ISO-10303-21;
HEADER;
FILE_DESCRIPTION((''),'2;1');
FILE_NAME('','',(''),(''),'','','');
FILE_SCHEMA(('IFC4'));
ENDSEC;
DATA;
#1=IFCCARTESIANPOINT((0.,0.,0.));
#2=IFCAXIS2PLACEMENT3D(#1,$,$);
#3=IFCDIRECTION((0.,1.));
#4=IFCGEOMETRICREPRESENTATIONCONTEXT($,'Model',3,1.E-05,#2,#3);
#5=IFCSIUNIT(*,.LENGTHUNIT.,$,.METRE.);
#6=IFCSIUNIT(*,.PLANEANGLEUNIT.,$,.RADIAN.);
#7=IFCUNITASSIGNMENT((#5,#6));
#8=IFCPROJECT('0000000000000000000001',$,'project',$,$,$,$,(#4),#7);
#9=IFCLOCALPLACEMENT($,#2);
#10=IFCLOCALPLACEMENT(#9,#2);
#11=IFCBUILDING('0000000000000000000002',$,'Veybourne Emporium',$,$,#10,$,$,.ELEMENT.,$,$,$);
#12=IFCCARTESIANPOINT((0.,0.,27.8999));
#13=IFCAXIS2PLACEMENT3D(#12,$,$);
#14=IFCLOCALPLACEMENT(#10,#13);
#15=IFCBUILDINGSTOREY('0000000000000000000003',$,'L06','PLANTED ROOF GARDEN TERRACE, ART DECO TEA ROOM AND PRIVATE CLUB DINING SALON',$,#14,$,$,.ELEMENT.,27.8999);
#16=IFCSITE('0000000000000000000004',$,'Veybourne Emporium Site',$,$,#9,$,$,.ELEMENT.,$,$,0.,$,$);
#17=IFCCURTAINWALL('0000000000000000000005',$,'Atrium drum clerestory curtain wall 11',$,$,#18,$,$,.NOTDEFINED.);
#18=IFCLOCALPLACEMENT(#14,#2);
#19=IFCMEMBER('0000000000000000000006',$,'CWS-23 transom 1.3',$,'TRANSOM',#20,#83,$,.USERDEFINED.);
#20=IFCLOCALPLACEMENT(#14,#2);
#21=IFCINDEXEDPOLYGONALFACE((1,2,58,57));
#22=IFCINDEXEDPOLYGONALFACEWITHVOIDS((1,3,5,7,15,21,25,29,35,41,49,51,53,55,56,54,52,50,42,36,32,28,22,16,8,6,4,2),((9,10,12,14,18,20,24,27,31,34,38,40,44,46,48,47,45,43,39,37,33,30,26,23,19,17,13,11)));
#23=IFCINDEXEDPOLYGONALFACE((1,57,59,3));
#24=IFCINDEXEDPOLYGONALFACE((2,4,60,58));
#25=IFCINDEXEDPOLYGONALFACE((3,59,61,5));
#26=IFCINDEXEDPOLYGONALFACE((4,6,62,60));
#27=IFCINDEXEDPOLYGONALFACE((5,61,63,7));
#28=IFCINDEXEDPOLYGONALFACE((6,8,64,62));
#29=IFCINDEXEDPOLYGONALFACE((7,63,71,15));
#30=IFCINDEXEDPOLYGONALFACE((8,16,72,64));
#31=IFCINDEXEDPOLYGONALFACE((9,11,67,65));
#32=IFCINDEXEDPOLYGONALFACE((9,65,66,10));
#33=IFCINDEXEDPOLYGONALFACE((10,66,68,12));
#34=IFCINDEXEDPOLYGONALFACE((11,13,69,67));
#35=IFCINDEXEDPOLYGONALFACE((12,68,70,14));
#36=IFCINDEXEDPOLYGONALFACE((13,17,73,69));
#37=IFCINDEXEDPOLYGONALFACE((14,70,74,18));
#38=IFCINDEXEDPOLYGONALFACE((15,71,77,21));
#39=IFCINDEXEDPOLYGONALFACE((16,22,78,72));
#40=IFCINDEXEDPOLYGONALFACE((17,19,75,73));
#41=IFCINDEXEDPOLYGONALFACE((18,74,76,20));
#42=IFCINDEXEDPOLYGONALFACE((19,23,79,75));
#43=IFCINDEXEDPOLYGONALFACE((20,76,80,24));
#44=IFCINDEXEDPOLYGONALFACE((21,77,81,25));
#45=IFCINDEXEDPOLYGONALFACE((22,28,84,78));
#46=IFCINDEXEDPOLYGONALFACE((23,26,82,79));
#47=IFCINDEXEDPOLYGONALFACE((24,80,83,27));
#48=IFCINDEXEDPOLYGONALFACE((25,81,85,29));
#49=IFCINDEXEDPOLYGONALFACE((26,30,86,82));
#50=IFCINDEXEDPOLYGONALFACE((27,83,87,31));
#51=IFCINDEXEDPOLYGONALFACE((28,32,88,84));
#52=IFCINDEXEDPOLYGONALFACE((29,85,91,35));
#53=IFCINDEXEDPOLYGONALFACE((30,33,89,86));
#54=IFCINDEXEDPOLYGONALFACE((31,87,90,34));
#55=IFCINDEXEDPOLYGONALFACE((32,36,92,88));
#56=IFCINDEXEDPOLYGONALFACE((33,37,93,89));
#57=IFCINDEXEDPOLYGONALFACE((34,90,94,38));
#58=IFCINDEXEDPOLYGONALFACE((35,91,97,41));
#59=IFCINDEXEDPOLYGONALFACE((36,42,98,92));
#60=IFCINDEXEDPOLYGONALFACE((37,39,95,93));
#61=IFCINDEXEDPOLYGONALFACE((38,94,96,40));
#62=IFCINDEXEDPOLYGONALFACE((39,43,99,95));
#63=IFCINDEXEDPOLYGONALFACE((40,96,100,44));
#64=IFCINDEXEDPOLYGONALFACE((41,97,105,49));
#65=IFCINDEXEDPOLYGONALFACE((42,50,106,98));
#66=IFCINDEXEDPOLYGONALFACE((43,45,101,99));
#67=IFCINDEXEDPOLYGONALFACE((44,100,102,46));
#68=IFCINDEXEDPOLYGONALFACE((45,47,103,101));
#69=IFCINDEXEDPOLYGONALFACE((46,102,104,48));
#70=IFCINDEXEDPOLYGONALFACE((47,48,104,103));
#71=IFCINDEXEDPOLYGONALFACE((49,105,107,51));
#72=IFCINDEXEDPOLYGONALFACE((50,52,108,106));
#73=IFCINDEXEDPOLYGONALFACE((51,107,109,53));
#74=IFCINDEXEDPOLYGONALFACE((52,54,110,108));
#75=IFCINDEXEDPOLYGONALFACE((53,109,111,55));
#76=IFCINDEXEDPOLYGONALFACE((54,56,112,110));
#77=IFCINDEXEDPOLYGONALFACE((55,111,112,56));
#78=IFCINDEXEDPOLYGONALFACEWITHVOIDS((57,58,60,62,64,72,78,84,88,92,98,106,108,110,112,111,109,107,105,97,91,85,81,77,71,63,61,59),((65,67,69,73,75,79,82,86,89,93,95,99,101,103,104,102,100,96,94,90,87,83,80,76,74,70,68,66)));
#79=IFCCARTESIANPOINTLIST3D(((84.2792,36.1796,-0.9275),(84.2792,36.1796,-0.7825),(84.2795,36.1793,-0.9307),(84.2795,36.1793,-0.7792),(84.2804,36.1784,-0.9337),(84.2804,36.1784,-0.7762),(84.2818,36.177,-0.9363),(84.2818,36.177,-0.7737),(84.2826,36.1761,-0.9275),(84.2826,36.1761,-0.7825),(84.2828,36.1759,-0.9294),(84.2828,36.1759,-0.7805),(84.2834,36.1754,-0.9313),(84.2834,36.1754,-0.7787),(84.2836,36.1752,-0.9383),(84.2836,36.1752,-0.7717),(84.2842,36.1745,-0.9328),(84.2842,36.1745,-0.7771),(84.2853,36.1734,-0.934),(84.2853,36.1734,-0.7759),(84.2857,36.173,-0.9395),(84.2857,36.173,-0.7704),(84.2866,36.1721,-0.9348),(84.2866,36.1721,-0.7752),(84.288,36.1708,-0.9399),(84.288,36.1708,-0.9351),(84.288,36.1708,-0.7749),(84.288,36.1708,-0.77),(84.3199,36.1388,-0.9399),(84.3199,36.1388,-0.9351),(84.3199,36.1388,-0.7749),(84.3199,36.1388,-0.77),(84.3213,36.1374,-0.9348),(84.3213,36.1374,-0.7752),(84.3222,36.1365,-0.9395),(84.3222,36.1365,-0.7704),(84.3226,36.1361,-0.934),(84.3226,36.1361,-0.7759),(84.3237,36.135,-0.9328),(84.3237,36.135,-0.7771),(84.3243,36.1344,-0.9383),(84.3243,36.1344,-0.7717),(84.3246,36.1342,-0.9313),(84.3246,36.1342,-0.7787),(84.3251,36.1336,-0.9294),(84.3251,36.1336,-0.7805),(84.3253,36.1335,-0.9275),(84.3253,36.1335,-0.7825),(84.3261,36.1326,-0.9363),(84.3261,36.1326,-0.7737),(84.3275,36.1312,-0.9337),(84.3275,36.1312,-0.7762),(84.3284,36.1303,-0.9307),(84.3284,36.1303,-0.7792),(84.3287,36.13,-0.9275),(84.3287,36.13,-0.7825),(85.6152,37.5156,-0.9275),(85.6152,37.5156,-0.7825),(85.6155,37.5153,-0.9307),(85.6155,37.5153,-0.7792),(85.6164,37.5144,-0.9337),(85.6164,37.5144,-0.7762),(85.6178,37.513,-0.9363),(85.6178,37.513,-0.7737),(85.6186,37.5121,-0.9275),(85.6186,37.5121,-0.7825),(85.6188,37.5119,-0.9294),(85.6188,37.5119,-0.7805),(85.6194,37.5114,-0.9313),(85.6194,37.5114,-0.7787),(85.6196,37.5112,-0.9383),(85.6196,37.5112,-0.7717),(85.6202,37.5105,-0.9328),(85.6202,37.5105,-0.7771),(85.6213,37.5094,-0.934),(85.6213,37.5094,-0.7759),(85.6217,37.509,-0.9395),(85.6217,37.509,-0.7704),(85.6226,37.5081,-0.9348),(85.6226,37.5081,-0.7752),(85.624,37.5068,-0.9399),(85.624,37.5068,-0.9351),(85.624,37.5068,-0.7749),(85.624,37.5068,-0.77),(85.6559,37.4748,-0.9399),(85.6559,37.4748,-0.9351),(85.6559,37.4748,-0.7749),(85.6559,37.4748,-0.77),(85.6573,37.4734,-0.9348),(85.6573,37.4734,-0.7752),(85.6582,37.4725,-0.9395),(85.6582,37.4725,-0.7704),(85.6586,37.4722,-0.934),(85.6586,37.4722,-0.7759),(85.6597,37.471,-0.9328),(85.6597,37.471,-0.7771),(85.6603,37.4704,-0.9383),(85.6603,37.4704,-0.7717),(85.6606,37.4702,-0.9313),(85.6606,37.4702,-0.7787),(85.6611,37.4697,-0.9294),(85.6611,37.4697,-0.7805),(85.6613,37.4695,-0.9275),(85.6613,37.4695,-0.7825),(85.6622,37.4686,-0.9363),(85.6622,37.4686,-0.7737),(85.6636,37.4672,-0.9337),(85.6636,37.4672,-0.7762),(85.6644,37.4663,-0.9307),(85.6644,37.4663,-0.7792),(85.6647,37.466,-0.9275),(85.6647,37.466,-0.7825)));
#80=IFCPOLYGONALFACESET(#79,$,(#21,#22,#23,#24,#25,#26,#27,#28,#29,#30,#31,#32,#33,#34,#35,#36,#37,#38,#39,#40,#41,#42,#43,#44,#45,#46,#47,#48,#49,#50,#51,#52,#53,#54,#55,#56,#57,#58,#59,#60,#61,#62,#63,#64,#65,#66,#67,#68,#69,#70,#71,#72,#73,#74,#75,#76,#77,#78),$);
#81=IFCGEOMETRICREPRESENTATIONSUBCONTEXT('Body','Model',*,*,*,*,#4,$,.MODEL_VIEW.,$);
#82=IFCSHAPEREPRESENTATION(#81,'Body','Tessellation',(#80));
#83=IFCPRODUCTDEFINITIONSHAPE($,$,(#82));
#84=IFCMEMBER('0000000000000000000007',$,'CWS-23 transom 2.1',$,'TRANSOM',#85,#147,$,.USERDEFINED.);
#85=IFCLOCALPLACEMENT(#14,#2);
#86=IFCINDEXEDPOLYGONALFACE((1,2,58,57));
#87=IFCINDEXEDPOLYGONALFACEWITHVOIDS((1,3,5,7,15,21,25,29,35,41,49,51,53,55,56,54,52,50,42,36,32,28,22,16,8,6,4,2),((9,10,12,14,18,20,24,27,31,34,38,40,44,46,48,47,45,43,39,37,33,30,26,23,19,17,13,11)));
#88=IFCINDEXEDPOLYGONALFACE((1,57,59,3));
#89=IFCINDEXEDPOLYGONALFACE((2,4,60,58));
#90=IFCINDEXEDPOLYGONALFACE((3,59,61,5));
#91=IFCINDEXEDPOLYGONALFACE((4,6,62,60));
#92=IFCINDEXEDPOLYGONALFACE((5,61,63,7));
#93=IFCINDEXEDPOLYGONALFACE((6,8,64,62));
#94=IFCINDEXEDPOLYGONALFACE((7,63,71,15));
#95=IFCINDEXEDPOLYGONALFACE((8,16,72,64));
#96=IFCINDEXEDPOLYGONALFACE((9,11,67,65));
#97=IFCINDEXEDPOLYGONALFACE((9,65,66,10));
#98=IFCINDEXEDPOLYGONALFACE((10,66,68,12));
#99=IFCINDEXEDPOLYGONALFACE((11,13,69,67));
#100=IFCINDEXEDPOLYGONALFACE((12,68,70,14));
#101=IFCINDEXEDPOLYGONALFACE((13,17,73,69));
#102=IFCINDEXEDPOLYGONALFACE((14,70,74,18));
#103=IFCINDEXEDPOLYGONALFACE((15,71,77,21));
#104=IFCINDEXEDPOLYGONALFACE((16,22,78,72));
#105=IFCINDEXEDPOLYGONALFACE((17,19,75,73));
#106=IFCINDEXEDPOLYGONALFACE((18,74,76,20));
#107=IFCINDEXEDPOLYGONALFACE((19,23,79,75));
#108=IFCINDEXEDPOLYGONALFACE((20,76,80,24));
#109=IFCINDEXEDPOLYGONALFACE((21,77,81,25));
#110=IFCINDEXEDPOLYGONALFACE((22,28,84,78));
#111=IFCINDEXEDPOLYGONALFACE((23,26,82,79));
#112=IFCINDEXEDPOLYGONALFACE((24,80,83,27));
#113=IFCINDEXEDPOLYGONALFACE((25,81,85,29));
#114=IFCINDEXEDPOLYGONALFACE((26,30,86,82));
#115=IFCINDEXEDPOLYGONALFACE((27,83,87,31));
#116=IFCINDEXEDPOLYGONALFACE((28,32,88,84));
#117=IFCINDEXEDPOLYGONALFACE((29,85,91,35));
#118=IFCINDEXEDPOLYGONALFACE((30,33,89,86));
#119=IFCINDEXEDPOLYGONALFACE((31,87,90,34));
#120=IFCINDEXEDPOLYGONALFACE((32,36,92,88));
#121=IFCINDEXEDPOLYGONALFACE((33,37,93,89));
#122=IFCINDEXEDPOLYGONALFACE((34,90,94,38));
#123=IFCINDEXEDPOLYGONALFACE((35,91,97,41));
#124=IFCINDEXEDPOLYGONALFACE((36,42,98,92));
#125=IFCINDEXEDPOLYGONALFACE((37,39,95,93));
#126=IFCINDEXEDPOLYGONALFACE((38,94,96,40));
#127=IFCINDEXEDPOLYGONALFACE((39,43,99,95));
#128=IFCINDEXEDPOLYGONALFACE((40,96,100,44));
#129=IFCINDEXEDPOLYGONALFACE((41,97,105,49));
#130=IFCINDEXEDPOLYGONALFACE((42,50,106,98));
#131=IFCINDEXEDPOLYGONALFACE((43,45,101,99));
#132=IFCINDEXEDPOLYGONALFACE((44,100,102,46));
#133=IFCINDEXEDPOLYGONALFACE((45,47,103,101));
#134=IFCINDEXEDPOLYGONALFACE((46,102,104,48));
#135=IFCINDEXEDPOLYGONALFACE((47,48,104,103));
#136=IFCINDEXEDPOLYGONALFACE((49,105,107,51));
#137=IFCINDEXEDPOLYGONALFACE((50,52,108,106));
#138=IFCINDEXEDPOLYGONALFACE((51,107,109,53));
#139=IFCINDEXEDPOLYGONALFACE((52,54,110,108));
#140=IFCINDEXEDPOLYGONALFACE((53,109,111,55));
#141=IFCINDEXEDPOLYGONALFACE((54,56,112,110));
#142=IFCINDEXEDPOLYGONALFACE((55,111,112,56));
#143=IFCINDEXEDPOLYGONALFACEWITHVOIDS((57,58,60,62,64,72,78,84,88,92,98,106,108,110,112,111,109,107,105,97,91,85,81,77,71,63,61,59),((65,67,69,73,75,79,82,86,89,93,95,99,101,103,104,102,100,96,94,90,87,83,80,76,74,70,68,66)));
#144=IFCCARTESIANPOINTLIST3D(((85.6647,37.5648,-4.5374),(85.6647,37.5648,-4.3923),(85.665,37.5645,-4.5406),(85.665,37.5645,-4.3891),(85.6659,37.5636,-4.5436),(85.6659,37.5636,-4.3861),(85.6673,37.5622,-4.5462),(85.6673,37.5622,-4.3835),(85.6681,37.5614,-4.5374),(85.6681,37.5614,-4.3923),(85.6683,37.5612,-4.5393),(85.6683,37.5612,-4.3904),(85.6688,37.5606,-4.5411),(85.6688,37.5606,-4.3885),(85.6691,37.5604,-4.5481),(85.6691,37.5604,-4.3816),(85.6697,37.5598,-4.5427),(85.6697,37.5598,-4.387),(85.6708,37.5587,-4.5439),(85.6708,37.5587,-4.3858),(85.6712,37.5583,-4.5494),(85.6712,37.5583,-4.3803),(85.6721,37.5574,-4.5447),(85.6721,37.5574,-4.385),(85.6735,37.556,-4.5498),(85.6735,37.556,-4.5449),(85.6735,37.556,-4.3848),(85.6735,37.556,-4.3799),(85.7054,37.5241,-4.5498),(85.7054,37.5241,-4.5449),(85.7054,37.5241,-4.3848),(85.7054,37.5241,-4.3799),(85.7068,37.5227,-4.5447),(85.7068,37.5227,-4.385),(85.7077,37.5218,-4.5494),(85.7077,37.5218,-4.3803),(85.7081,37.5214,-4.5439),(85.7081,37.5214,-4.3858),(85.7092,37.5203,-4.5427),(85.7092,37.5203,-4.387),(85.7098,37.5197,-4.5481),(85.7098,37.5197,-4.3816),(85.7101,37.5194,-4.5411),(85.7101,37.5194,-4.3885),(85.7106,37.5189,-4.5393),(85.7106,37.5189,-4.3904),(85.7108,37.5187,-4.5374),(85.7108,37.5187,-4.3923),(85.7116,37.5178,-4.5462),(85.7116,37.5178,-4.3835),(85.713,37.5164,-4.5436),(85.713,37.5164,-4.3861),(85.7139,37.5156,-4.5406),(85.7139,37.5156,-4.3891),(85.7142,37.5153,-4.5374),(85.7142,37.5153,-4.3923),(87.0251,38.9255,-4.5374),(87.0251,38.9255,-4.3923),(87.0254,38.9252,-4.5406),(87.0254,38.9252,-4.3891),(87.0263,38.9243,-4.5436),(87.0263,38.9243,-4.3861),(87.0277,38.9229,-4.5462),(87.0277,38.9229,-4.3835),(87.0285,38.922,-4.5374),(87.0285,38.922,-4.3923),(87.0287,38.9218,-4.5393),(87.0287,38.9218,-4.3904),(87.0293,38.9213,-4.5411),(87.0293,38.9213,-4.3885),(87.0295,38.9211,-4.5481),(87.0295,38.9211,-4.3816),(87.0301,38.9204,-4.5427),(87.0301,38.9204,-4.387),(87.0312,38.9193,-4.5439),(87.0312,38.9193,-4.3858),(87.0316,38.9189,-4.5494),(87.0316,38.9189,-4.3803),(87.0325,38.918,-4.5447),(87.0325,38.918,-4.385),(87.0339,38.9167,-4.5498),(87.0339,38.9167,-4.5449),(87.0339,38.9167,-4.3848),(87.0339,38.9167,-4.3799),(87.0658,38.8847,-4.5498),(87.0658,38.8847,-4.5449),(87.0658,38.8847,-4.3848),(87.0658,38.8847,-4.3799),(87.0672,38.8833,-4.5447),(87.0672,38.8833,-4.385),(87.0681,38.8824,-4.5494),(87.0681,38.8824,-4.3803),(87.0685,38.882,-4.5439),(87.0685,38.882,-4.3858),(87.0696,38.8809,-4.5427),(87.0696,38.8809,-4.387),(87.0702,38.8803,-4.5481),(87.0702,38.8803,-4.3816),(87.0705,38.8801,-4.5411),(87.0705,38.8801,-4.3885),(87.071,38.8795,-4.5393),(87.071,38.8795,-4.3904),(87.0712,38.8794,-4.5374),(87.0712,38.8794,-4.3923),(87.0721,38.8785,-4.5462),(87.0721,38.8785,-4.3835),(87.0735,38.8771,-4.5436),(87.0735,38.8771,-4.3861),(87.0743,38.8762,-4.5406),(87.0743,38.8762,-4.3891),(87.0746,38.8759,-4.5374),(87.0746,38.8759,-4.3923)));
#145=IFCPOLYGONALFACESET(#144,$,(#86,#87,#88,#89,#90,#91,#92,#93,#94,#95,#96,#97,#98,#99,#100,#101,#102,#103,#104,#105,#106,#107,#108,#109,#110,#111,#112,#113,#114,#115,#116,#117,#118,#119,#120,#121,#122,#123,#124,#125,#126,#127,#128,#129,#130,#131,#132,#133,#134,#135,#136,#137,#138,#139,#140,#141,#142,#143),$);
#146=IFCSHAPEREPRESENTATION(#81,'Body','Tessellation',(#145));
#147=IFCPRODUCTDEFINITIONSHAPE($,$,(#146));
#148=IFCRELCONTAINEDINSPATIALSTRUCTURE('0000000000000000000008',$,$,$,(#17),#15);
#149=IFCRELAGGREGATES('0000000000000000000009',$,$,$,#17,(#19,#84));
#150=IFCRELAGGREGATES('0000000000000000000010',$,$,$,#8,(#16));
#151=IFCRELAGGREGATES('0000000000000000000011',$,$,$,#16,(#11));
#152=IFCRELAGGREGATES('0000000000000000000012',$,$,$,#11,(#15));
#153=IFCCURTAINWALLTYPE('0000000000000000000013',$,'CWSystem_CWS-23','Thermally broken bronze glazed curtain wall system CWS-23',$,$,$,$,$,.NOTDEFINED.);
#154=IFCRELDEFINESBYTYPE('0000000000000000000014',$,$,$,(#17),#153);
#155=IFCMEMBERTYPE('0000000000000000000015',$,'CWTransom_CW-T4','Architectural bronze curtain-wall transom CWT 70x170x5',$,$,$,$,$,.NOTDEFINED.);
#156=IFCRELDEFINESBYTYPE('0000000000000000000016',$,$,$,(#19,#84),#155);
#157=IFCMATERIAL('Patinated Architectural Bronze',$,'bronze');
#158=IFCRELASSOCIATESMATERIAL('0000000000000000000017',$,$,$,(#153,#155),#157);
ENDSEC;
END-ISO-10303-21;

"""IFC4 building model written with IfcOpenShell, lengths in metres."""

from ifc_helpers import new_model, si_unit, direction, frame, origin, origin_2d, place, context, subcontext, project, spatial, hollow_rectangle, extrude, material, material_profile, profile_set, type_object, element, aggregate, save


model = new_model("IFC4")

# Units and contexts
model_context = context("Model", 3, precision=1e-05, world=origin(), true_north=direction((0.0, 1.0)))
body_context = subcontext(model_context, "Body", "Model", "MODEL_VIEW")
ifc_project = project(units=[si_unit("LENGTHUNIT", "METRE"), si_unit("PLANEANGLEUNIT", "RADIAN")], contexts=[model_context])

# Site, building, storey
site_placement = place(None, origin())
site = spatial("IfcSite", under=ifc_project, at=site_placement, Name="Veybourne Emporium Site", CompositionType="ELEMENT", RefElevation=0.0)
building_placement = place(site_placement, origin())
building = spatial("IfcBuilding", under=site, at=building_placement, Name="Veybourne Emporium", CompositionType="ELEMENT")
storey_placement = place(building_placement, frame((0.0, 0.0, 27.8999)))
storey = spatial("IfcBuildingStorey", under=building, at=storey_placement, Name="L06", Description="PLANTED ROOF GARDEN TERRACE, ART DECO TEA ROOM AND PRIVATE CLUB DINING SALON", CompositionType="ELEMENT", Elevation=27.8999)

# Curtain wall, members
ifc_material_1 = material(Name="Patinated Architectural Bronze", Category="bronze")
curtain_wall_type = type_object("IfcCurtainWallType", Name="CWSystem_CWS-23", Description="Thermally broken bronze glazed curtain wall system CWS-23", PredefinedType="NOTDEFINED", material=ifc_material_1)
curtain_wall_placement = place(storey_placement, origin())
curtain_wall = element("IfcCurtainWall", 1, at=curtain_wall_placement, inside=storey, type_object=curtain_wall_type, Name="Atrium drum clerestory curtain wall 11", PredefinedType="NOTDEFINED")
ifc_material_profile_1 = material_profile(ifc_material_1, hollow_rectangle(XDim=0.0701, YDim=0.1699, WallThickness=0.0049, InnerFilletRadius=0.0076, OuterFilletRadius=0.0125, at=origin_2d()), Name="CWT 70x170x5")
ifc_profile_set_1 = profile_set([ifc_material_profile_1], Name="Patinated Architectural Bronze")
member_type_1 = type_object("IfcMemberType", Name="CWTransom_CW-T4", Description="Architectural bronze curtain-wall transom CWT 70x170x5", PredefinedType="NOTDEFINED", material=ifc_profile_set_1)
member_1_placement = place(storey_placement, frame((84.304, 36.1548, -0.855), z_axis=(0.707107, 0.707107, 0.0), x_axis=(-0.707107, 0.707107, 0.0)))
member_1 = element("IfcMember", 2, at=member_1_placement, type_object=member_type_1, Name="CWS-23 transom 1.3", ObjectType="TRANSOM", PredefinedType="USERDEFINED", context=body_context, shape_type="SweptSolid", body=[
    extrude(hollow_rectangle(XDim=0.0701, YDim=0.1699, WallThickness=0.0049, InnerFilletRadius=0.0076, OuterFilletRadius=0.0125, at=origin_2d()), origin(), (0.0, 0.0, 1.0), 1.8894),
])
member_2_placement = place(storey_placement, frame((85.6895, 37.54, -4.4648), z_axis=(0.707043, 0.70717, 0.0), x_axis=(-0.70717, 0.707043, 0.0)))
member_2 = element("IfcMember", 3, at=member_2_placement, type_object=member_type_1, Name="CWS-23 transom 2.1", ObjectType="TRANSOM", PredefinedType="USERDEFINED", context=body_context, shape_type="SweptSolid", body=[
    extrude(hollow_rectangle(XDim=0.0701, YDim=0.1699, WallThickness=0.0049, InnerFilletRadius=0.0076, OuterFilletRadius=0.0125, at=origin_2d()), origin(), (0.0, 0.0, 1.0), 1.9241),
])

aggregate(curtain_wall, [member_1, member_2])

save(model, "model.ifc")
